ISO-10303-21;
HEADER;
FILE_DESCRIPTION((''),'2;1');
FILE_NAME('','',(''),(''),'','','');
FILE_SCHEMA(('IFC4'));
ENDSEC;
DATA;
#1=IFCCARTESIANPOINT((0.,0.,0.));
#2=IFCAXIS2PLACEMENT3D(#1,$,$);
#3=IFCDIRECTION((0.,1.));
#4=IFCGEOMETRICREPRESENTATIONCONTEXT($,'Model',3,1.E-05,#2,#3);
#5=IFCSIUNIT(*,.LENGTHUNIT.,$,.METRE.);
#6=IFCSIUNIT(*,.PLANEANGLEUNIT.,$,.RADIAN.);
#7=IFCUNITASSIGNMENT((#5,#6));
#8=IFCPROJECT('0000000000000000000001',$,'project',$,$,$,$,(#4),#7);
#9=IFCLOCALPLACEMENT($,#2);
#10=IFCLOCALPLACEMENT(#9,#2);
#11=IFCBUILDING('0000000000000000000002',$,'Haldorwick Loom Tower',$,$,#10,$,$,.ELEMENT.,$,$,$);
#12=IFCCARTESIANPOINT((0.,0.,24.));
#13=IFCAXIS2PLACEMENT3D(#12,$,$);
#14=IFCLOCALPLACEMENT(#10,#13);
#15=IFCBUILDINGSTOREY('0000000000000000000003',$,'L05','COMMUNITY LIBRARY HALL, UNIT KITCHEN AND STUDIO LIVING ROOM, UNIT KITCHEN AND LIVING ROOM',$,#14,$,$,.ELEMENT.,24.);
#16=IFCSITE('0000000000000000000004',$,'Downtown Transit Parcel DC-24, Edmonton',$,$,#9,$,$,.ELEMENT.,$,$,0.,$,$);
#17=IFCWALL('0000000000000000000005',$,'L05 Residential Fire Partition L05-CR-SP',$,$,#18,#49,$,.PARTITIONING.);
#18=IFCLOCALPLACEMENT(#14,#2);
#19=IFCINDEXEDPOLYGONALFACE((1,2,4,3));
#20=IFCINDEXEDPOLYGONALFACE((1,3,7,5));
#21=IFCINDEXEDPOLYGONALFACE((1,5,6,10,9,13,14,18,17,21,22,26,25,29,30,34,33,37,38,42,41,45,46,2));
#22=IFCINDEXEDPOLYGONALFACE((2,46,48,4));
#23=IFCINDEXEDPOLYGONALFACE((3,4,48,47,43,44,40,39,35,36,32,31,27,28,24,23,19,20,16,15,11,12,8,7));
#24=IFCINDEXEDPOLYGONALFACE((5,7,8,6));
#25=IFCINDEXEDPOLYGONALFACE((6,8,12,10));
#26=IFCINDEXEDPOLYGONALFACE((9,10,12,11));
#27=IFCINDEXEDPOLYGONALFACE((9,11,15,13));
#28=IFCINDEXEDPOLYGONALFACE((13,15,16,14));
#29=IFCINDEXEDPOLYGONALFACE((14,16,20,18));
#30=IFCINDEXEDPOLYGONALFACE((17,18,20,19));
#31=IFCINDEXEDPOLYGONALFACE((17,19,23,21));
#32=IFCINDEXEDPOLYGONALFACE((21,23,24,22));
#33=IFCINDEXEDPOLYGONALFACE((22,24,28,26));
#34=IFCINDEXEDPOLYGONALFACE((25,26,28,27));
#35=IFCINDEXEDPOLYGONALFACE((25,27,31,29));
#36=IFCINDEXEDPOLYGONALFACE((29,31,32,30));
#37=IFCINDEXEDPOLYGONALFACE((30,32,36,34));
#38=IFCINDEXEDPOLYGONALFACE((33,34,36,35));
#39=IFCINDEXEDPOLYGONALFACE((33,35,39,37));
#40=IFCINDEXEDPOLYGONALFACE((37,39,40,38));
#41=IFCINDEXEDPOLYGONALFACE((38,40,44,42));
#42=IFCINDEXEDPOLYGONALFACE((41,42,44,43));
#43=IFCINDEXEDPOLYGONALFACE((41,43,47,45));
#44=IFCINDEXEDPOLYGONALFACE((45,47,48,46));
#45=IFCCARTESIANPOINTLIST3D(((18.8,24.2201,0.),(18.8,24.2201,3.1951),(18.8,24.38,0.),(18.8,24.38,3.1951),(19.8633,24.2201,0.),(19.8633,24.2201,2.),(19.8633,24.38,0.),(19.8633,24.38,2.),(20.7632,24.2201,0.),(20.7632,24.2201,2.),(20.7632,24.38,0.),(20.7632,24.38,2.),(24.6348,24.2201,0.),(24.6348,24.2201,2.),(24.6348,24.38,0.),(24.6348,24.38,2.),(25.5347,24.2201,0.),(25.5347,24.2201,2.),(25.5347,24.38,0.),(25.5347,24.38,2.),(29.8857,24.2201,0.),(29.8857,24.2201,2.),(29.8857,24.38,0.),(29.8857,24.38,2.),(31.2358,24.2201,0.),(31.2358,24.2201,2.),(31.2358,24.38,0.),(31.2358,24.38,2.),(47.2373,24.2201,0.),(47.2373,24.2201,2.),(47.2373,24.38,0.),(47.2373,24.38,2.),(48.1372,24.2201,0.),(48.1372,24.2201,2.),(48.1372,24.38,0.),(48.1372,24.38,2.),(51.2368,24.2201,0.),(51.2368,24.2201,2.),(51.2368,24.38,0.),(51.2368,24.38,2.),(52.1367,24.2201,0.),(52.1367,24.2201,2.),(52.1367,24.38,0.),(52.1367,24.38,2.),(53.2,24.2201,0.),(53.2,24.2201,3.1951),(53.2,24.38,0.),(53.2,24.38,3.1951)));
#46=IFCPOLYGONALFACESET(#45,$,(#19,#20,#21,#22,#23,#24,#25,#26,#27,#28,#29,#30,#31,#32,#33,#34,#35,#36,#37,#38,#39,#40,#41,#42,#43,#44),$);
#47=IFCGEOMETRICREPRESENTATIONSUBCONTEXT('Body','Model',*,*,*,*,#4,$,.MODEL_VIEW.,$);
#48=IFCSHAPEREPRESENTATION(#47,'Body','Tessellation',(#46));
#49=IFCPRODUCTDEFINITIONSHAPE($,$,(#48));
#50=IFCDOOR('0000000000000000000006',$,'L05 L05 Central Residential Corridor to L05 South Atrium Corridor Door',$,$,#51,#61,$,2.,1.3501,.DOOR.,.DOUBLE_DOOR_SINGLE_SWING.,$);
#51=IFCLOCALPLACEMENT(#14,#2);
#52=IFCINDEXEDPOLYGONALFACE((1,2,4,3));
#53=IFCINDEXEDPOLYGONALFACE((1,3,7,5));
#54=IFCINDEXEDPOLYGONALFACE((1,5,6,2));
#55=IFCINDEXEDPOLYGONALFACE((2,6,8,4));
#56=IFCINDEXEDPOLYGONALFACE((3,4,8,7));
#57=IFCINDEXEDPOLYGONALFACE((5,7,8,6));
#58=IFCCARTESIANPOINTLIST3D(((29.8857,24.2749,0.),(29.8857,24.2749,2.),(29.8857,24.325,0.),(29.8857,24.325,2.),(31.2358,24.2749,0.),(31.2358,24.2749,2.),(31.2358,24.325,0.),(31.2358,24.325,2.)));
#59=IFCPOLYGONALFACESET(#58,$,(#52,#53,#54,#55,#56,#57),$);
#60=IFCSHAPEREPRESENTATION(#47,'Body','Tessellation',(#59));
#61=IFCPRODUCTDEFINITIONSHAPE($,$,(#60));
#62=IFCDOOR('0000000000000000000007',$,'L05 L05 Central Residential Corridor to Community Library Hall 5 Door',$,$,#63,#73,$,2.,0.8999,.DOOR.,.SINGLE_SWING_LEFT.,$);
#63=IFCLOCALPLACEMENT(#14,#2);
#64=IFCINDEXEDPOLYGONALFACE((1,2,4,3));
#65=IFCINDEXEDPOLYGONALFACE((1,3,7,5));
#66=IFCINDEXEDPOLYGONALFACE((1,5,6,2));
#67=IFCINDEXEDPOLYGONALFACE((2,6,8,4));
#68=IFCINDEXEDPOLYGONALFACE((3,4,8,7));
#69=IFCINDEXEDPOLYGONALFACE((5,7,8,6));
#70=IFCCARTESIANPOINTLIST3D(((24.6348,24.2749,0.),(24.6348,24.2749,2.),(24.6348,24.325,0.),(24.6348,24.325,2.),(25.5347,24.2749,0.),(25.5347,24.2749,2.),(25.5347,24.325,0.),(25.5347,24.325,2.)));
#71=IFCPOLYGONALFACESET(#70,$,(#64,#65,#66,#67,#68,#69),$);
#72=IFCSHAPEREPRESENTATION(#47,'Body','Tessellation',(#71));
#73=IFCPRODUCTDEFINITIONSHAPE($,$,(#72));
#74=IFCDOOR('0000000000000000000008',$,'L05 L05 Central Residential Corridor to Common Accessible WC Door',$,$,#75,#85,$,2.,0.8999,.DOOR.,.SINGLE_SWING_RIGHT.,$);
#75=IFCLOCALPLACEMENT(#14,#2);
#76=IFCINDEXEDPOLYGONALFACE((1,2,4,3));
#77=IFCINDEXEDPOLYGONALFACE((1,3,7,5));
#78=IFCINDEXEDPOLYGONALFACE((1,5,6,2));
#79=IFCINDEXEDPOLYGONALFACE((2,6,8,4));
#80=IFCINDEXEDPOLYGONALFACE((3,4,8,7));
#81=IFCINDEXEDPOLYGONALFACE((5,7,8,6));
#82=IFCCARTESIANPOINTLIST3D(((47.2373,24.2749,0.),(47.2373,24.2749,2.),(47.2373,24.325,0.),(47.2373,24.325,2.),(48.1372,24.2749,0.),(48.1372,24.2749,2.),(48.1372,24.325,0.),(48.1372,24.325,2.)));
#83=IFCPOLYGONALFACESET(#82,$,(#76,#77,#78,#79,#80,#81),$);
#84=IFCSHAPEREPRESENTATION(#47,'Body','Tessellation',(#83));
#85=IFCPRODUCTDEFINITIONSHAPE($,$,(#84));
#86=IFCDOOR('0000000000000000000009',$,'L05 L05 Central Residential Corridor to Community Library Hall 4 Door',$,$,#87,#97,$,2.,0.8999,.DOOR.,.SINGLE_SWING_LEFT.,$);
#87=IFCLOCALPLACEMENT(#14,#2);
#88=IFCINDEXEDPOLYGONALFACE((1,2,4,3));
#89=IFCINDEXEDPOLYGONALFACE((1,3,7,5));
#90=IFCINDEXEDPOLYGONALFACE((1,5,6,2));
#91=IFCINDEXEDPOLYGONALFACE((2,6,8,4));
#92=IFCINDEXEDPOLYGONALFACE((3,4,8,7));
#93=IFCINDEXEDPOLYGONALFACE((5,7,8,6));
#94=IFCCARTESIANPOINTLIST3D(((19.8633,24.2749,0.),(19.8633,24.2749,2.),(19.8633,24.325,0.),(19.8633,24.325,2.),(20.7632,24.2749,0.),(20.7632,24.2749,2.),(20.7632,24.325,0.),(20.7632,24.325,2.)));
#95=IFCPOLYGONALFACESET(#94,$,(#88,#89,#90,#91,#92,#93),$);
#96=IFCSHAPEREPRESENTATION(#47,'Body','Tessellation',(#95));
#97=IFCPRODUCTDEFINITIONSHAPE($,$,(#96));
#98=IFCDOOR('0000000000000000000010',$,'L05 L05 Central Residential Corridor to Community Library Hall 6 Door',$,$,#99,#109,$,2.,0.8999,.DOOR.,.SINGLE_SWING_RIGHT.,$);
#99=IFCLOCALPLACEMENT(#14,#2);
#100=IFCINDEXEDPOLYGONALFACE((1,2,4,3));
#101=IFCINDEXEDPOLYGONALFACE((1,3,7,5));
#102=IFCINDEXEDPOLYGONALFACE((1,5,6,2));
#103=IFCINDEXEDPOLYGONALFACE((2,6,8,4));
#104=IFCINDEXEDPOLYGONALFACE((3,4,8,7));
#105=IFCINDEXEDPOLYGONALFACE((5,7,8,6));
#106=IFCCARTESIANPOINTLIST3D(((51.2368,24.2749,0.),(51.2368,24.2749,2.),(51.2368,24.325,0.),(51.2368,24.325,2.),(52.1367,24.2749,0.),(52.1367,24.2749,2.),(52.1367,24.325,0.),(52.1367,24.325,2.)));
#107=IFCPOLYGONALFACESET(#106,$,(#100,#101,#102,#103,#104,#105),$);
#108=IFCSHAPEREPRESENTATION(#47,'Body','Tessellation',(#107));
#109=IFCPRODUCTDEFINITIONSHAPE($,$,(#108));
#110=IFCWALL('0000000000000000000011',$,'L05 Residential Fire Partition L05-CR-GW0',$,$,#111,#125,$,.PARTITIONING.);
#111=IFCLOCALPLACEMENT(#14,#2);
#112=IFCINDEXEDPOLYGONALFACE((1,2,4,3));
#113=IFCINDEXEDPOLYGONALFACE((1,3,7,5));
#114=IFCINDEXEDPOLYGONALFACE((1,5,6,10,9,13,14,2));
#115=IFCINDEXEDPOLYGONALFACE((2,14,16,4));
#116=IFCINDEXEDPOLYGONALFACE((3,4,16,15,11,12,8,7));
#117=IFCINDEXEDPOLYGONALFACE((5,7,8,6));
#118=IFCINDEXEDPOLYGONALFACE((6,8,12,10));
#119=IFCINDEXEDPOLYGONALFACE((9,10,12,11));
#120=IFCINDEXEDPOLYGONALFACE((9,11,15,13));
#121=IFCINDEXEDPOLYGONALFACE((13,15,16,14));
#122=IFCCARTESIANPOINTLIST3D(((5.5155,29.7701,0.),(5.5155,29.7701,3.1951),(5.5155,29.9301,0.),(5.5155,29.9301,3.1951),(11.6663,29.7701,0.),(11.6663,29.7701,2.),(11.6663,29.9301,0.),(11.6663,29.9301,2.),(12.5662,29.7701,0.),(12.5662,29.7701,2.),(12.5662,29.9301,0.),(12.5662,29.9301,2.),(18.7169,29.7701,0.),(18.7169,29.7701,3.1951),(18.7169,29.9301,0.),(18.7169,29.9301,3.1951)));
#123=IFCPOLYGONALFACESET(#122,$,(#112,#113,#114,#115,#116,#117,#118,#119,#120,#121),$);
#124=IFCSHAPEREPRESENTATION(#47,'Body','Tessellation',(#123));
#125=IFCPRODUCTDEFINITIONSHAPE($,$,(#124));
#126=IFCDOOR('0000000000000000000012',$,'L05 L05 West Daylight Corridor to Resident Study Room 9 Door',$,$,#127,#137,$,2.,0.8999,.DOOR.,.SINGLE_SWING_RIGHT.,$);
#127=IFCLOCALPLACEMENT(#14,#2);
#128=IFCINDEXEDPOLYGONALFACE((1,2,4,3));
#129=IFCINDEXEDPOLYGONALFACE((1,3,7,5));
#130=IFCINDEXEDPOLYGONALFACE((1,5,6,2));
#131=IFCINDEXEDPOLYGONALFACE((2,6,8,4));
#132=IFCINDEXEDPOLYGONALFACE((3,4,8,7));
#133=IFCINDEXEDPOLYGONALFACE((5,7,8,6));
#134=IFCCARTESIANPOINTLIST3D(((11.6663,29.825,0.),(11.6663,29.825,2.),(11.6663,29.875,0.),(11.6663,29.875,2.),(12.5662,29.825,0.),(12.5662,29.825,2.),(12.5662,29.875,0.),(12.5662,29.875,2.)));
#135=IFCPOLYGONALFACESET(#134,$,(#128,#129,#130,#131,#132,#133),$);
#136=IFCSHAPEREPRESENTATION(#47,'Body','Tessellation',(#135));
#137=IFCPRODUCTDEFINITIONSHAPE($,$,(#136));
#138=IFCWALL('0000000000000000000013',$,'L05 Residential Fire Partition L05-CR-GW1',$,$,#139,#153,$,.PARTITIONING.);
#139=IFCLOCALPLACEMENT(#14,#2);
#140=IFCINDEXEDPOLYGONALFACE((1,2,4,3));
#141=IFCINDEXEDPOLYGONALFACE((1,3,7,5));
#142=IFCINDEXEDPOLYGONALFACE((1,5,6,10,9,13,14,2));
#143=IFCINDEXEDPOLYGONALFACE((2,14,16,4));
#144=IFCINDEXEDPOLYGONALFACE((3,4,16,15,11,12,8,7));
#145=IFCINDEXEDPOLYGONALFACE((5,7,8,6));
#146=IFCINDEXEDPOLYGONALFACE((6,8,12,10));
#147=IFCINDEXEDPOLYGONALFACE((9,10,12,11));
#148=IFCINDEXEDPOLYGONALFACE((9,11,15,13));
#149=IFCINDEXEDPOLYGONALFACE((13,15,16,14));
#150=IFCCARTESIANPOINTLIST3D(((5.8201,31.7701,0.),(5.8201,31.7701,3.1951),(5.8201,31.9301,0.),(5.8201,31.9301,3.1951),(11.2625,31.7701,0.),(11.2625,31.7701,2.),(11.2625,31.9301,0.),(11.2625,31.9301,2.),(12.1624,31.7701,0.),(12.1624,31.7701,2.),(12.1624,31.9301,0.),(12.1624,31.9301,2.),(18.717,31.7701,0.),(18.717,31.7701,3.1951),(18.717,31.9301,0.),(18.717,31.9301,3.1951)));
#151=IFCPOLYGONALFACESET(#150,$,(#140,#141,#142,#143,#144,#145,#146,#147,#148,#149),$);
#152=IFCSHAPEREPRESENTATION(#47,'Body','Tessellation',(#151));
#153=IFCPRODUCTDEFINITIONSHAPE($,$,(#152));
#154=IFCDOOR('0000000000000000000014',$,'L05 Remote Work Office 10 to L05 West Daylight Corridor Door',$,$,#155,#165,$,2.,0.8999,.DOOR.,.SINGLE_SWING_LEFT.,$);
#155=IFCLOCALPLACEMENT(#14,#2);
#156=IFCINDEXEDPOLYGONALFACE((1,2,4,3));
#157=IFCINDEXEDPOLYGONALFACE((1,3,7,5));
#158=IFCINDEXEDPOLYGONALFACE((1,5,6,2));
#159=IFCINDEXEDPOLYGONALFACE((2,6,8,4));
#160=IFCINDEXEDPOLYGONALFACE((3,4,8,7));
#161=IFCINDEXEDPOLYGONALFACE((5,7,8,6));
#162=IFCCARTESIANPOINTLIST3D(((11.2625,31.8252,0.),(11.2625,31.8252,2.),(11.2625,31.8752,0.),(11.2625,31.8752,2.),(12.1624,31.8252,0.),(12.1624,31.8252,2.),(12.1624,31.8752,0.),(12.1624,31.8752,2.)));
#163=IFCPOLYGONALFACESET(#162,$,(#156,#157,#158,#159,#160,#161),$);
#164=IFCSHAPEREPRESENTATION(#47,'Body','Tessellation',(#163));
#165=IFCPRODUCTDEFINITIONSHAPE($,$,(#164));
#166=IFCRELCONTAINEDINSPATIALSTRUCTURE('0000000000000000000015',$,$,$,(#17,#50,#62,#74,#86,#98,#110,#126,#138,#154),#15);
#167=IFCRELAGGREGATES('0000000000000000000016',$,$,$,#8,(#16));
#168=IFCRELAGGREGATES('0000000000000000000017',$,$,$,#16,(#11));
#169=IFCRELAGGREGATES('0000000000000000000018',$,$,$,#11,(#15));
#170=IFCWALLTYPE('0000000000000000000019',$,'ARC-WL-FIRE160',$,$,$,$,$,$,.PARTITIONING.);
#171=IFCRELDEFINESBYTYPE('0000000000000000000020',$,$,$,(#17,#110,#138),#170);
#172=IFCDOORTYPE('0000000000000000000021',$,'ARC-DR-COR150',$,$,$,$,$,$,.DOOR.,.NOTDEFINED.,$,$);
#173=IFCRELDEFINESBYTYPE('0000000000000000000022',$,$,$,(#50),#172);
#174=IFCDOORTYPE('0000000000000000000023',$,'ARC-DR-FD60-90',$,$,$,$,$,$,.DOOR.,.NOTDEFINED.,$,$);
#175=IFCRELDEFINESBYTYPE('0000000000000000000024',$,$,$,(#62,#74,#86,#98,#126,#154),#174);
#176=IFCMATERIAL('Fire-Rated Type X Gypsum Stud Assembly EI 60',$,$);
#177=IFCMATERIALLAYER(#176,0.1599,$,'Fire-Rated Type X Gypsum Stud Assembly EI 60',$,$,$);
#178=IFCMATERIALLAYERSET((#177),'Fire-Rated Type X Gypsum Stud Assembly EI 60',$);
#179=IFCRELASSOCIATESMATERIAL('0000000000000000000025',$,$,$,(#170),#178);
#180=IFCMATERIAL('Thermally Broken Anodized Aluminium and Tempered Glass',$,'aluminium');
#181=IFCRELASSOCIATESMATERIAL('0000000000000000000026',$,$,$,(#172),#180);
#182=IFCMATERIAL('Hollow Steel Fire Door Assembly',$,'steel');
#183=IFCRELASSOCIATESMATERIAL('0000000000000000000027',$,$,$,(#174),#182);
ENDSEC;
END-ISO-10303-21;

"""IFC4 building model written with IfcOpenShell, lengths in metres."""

from ifc_helpers import new_model, si_unit, direction, frame, frame_2d, origin, place, context, subcontext, project, spatial, rectangle, extrude, material, layer, layer_set, type_object, element, fill, save


model = new_model("IFC4")

# Units and contexts
model_context = context("Model", 3, precision=1e-05, world=origin(), true_north=direction((0.0, 1.0)))
body_context = subcontext(model_context, "Body", "Model", "MODEL_VIEW")
ifc_project = project(units=[si_unit("LENGTHUNIT", "METRE"), si_unit("PLANEANGLEUNIT", "RADIAN")], contexts=[model_context])

# Site, building, storey
site_placement = place(None, origin())
site = spatial("IfcSite", under=ifc_project, at=site_placement, Name="Downtown Transit Parcel DC-24, Edmonton", CompositionType="ELEMENT", RefElevation=0.0)
building_placement = place(site_placement, origin())
building = spatial("IfcBuilding", under=site, at=building_placement, Name="Haldorwick Loom Tower", CompositionType="ELEMENT")
storey_placement = place(building_placement, frame((0.0, 0.0, 24.0)))
storey = spatial("IfcBuildingStorey", under=building, at=storey_placement, Name="L05", Description="COMMUNITY LIBRARY HALL, UNIT KITCHEN AND STUDIO LIVING ROOM, UNIT KITCHEN AND LIVING ROOM", CompositionType="ELEMENT", Elevation=24.0)

# Wall, openings, doors
ifc_material_1 = material(Name="Fire-Rated Type X Gypsum Stud Assembly EI 60")
ifc_layer_1 = layer(ifc_material_1, 0.1599, Name="Fire-Rated Type X Gypsum Stud Assembly EI 60")
ifc_layer_set_1 = layer_set([ifc_layer_1], Name="Fire-Rated Type X Gypsum Stud Assembly EI 60")
wall_type_1 = type_object("IfcWallType", Name="ARC-WL-FIRE160", PredefinedType="PARTITIONING", material=ifc_layer_set_1)
wall_1_placement = place(storey_placement, frame((18.8, 24.3, 0.0), z_axis=(0.0, 0.0, 1.0), x_axis=(1.0, 0.0, 0.0)))
wall_1 = element("IfcWall", 1, at=wall_1_placement, inside=storey, type_object=wall_type_1, Name="L05 Residential Fire Partition L05-CR-SP", PredefinedType="PARTITIONING", context=body_context, shape_type="SweptSolid", body=[
    extrude(rectangle(XDim=34.3999, YDim=0.1599, at=frame_2d((17.2, 0.0))), origin(), (0.0, 0.0, 1.0), 3.1951),
])
opening_1_placement = place(wall_1_placement, frame((11.0857, 0.0, 0.0)))
opening_1 = element("IfcOpeningElement", 2, at=opening_1_placement, cuts=wall_1, PredefinedType="OPENING", context=body_context, shape_type="SweptSolid", body=[
    extrude(rectangle(XDim=1.3501, YDim=2.0, at=frame_2d((0.675, 1.0))), frame((0.0, 0.0898, 0.0), z_axis=(0.0, -1.0, 0.0), x_axis=(1.0, 0.0, 0.0)), (0.0, 0.0, 1.0), 0.1799),
])
opening_2_placement = place(wall_1_placement, frame((5.8347, 0.0, 0.0)))
opening_2 = element("IfcOpeningElement", 3, at=opening_2_placement, cuts=wall_1, PredefinedType="OPENING", context=body_context, shape_type="SweptSolid", body=[
    extrude(rectangle(XDim=0.8999, YDim=2.0, at=frame_2d((0.45, 1.0))), frame((0.0, 0.0898, 0.0), z_axis=(0.0, -1.0, 0.0), x_axis=(1.0, 0.0, 0.0)), (0.0, 0.0, 1.0), 0.1799),
])
opening_3_placement = place(wall_1_placement, frame((28.4373, 0.0, 0.0)))
opening_3 = element("IfcOpeningElement", 4, at=opening_3_placement, cuts=wall_1, PredefinedType="OPENING", context=body_context, shape_type="SweptSolid", body=[
    extrude(rectangle(XDim=0.8999, YDim=2.0, at=frame_2d((0.45, 1.0))), frame((0.0, 0.0898, 0.0), z_axis=(0.0, -1.0, 0.0), x_axis=(1.0, 0.0, 0.0)), (0.0, 0.0, 1.0), 0.1799),
])
opening_4_placement = place(wall_1_placement, frame((1.0632, 0.0, 0.0)))
opening_4 = element("IfcOpeningElement", 5, at=opening_4_placement, cuts=wall_1, PredefinedType="OPENING", context=body_context, shape_type="SweptSolid", body=[
    extrude(rectangle(XDim=0.8999, YDim=2.0, at=frame_2d((0.45, 1.0))), frame((0.0, 0.0898, 0.0), z_axis=(0.0, -1.0, 0.0), x_axis=(1.0, 0.0, 0.0)), (0.0, 0.0, 1.0), 0.1799),
])
opening_5_placement = place(wall_1_placement, frame((32.4368, 0.0, 0.0)))
opening_5 = element("IfcOpeningElement", 6, at=opening_5_placement, cuts=wall_1, PredefinedType="OPENING", context=body_context, shape_type="SweptSolid", body=[
    extrude(rectangle(XDim=0.8999, YDim=2.0, at=frame_2d((0.45, 1.0))), frame((0.0, 0.0898, 0.0), z_axis=(0.0, -1.0, 0.0), x_axis=(1.0, 0.0, 0.0)), (0.0, 0.0, 1.0), 0.1799),
])
ifc_material_2 = material(Name="Thermally Broken Anodized Aluminium and Tempered Glass", Category="aluminium")
door_type_1 = type_object("IfcDoorType", Name="ARC-DR-COR150", OperationType="NOTDEFINED", PredefinedType="DOOR", material=ifc_material_2)
door_1_placement = place(opening_1_placement, origin())
door_1 = element("IfcDoor", 7, at=door_1_placement, inside=storey, type_object=door_type_1, Name="L05 L05 Central Residential Corridor to L05 South Atrium Corridor Door", OperationType="DOUBLE_DOOR_SINGLE_SWING", OverallHeight=2.0, OverallWidth=1.3501, PredefinedType="DOOR", context=body_context, shape_type="SweptSolid", body=[
    extrude(rectangle(XDim=1.3501, YDim=2.0, at=frame_2d((0.675, 1.0))), frame((0.0, 0.0249, 0.0), z_axis=(0.0, -1.0, 0.0), x_axis=(1.0, 0.0, 0.0)), (0.0, 0.0, 1.0), 0.05),
])
fill(opening_1, door_1)
ifc_material_3 = material(Name="Hollow Steel Fire Door Assembly", Category="steel")
door_type_2 = type_object("IfcDoorType", Name="ARC-DR-FD60-90", OperationType="NOTDEFINED", PredefinedType="DOOR", material=ifc_material_3)
door_2_placement = place(opening_2_placement, origin())
door_2 = element("IfcDoor", 8, at=door_2_placement, inside=storey, type_object=door_type_2, Name="L05 L05 Central Residential Corridor to Community Library Hall 5 Door", OperationType="SINGLE_SWING_LEFT", OverallHeight=2.0, OverallWidth=0.8999, PredefinedType="DOOR", context=body_context, shape_type="SweptSolid", body=[
    extrude(rectangle(XDim=0.8999, YDim=2.0, at=frame_2d((0.45, 1.0))), frame((0.0, 0.0249, 0.0), z_axis=(0.0, -1.0, 0.0), x_axis=(1.0, 0.0, 0.0)), (0.0, 0.0, 1.0), 0.05),
])
fill(opening_2, door_2)
door_3_placement = place(opening_3_placement, origin())
door_3 = element("IfcDoor", 9, at=door_3_placement, inside=storey, type_object=door_type_2, Name="L05 L05 Central Residential Corridor to Common Accessible WC Door", OperationType="SINGLE_SWING_RIGHT", OverallHeight=2.0, OverallWidth=0.8999, PredefinedType="DOOR", context=body_context, shape_type="SweptSolid", body=[
    extrude(rectangle(XDim=0.8999, YDim=2.0, at=frame_2d((0.45, 1.0))), frame((0.0, 0.0249, 0.0), z_axis=(0.0, -1.0, 0.0), x_axis=(1.0, 0.0, 0.0)), (0.0, 0.0, 1.0), 0.05),
])
fill(opening_3, door_3)
door_4_placement = place(opening_4_placement, origin())
door_4 = element("IfcDoor", 10, at=door_4_placement, inside=storey, type_object=door_type_2, Name="L05 L05 Central Residential Corridor to Community Library Hall 4 Door", OperationType="SINGLE_SWING_LEFT", OverallHeight=2.0, OverallWidth=0.8999, PredefinedType="DOOR", context=body_context, shape_type="SweptSolid", body=[
    extrude(rectangle(XDim=0.8999, YDim=2.0, at=frame_2d((0.45, 1.0))), frame((0.0, 0.0249, 0.0), z_axis=(0.0, -1.0, 0.0), x_axis=(1.0, 0.0, 0.0)), (0.0, 0.0, 1.0), 0.05),
])
fill(opening_4, door_4)
door_5_placement = place(opening_5_placement, origin())
door_5 = element("IfcDoor", 11, at=door_5_placement, inside=storey, type_object=door_type_2, Name="L05 L05 Central Residential Corridor to Community Library Hall 6 Door", OperationType="SINGLE_SWING_RIGHT", OverallHeight=2.0, OverallWidth=0.8999, PredefinedType="DOOR", context=body_context, shape_type="SweptSolid", body=[
    extrude(rectangle(XDim=0.8999, YDim=2.0, at=frame_2d((0.45, 1.0))), frame((0.0, 0.0249, 0.0), z_axis=(0.0, -1.0, 0.0), x_axis=(1.0, 0.0, 0.0)), (0.0, 0.0, 1.0), 0.05),
])
fill(opening_5, door_5)

# Walls, openings, doors
wall_2_placement = place(storey_placement, frame((5.5156, 29.8501, 0.0), z_axis=(0.0, 0.0, 1.0), x_axis=(1.0, 0.0, 0.0)))
wall_2 = element("IfcWall", 12, at=wall_2_placement, inside=storey, type_object=wall_type_1, Name="L05 Residential Fire Partition L05-CR-GW0", PredefinedType="PARTITIONING", context=body_context, shape_type="SweptSolid", body=[
    extrude(rectangle(XDim=13.2014, YDim=0.1599, at=frame_2d((6.6006, 0.0))), origin(), (0.0, 0.0, 1.0), 3.1951),
])
opening_6_placement = place(wall_2_placement, frame((6.1506, 0.0, 0.0)))
opening_6 = element("IfcOpeningElement", 13, at=opening_6_placement, cuts=wall_2, PredefinedType="OPENING", context=body_context, shape_type="SweptSolid", body=[
    extrude(rectangle(XDim=0.8999, YDim=2.0, at=frame_2d((0.45, 1.0))), frame((0.0, 0.0898, 0.0), z_axis=(0.0, -1.0, 0.0), x_axis=(1.0, 0.0, 0.0)), (0.0, 0.0, 1.0), 0.1799),
])
door_6_placement = place(opening_6_placement, origin())
door_6 = element("IfcDoor", 14, at=door_6_placement, inside=storey, type_object=door_type_2, Name="L05 L05 West Daylight Corridor to Resident Study Room 9 Door", OperationType="SINGLE_SWING_RIGHT", OverallHeight=2.0, OverallWidth=0.8999, PredefinedType="DOOR", context=body_context, shape_type="SweptSolid", body=[
    extrude(rectangle(XDim=0.8999, YDim=2.0, at=frame_2d((0.45, 1.0))), frame((0.0, 0.0249, 0.0), z_axis=(0.0, -1.0, 0.0), x_axis=(1.0, 0.0, 0.0)), (0.0, 0.0, 1.0), 0.05),
])
fill(opening_6, door_6)
wall_3_placement = place(storey_placement, frame((5.8201, 31.8501, 0.0), z_axis=(0.0, 0.0, 1.0), x_axis=(1.0, 0.0, 0.0)))
wall_3 = element("IfcWall", 15, at=wall_3_placement, inside=storey, type_object=wall_type_1, Name="L05 Residential Fire Partition L05-CR-GW1", PredefinedType="PARTITIONING", context=body_context, shape_type="SweptSolid", body=[
    extrude(rectangle(XDim=12.897, YDim=0.1599, at=frame_2d((6.4485, 0.0))), origin(), (0.0, 0.0, 1.0), 3.1951),
])
opening_7_placement = place(wall_3_placement, frame((5.4424, 0.0, 0.0)))
opening_7 = element("IfcOpeningElement", 16, at=opening_7_placement, cuts=wall_3, PredefinedType="OPENING", context=body_context, shape_type="SweptSolid", body=[
    extrude(rectangle(XDim=0.8999, YDim=2.0, at=frame_2d((0.45, 1.0))), frame((0.0, 0.0898, 0.0), z_axis=(0.0, -1.0, 0.0), x_axis=(1.0, 0.0, 0.0)), (0.0, 0.0, 1.0), 0.1799),
])
door_7_placement = place(opening_7_placement, frame((0.8999, 0.0, 0.0), z_axis=(0.0, 0.0, 1.0), x_axis=(-1.0, 0.0, 0.0)))
door_7 = element("IfcDoor", 17, at=door_7_placement, inside=storey, type_object=door_type_2, Name="L05 Remote Work Office 10 to L05 West Daylight Corridor Door", OperationType="SINGLE_SWING_LEFT", OverallHeight=2.0, OverallWidth=0.8999, PredefinedType="DOOR", context=body_context, shape_type="SweptSolid", body=[
    extrude(rectangle(XDim=0.8999, YDim=2.0, at=frame_2d((0.45, 1.0))), frame((0.0, 0.0249, 0.0), z_axis=(0.0, -1.0, 0.0), x_axis=(1.0, 0.0, 0.0)), (0.0, 0.0, 1.0), 0.05),
])
fill(opening_7, door_7)

save(model, "model.ifc")
